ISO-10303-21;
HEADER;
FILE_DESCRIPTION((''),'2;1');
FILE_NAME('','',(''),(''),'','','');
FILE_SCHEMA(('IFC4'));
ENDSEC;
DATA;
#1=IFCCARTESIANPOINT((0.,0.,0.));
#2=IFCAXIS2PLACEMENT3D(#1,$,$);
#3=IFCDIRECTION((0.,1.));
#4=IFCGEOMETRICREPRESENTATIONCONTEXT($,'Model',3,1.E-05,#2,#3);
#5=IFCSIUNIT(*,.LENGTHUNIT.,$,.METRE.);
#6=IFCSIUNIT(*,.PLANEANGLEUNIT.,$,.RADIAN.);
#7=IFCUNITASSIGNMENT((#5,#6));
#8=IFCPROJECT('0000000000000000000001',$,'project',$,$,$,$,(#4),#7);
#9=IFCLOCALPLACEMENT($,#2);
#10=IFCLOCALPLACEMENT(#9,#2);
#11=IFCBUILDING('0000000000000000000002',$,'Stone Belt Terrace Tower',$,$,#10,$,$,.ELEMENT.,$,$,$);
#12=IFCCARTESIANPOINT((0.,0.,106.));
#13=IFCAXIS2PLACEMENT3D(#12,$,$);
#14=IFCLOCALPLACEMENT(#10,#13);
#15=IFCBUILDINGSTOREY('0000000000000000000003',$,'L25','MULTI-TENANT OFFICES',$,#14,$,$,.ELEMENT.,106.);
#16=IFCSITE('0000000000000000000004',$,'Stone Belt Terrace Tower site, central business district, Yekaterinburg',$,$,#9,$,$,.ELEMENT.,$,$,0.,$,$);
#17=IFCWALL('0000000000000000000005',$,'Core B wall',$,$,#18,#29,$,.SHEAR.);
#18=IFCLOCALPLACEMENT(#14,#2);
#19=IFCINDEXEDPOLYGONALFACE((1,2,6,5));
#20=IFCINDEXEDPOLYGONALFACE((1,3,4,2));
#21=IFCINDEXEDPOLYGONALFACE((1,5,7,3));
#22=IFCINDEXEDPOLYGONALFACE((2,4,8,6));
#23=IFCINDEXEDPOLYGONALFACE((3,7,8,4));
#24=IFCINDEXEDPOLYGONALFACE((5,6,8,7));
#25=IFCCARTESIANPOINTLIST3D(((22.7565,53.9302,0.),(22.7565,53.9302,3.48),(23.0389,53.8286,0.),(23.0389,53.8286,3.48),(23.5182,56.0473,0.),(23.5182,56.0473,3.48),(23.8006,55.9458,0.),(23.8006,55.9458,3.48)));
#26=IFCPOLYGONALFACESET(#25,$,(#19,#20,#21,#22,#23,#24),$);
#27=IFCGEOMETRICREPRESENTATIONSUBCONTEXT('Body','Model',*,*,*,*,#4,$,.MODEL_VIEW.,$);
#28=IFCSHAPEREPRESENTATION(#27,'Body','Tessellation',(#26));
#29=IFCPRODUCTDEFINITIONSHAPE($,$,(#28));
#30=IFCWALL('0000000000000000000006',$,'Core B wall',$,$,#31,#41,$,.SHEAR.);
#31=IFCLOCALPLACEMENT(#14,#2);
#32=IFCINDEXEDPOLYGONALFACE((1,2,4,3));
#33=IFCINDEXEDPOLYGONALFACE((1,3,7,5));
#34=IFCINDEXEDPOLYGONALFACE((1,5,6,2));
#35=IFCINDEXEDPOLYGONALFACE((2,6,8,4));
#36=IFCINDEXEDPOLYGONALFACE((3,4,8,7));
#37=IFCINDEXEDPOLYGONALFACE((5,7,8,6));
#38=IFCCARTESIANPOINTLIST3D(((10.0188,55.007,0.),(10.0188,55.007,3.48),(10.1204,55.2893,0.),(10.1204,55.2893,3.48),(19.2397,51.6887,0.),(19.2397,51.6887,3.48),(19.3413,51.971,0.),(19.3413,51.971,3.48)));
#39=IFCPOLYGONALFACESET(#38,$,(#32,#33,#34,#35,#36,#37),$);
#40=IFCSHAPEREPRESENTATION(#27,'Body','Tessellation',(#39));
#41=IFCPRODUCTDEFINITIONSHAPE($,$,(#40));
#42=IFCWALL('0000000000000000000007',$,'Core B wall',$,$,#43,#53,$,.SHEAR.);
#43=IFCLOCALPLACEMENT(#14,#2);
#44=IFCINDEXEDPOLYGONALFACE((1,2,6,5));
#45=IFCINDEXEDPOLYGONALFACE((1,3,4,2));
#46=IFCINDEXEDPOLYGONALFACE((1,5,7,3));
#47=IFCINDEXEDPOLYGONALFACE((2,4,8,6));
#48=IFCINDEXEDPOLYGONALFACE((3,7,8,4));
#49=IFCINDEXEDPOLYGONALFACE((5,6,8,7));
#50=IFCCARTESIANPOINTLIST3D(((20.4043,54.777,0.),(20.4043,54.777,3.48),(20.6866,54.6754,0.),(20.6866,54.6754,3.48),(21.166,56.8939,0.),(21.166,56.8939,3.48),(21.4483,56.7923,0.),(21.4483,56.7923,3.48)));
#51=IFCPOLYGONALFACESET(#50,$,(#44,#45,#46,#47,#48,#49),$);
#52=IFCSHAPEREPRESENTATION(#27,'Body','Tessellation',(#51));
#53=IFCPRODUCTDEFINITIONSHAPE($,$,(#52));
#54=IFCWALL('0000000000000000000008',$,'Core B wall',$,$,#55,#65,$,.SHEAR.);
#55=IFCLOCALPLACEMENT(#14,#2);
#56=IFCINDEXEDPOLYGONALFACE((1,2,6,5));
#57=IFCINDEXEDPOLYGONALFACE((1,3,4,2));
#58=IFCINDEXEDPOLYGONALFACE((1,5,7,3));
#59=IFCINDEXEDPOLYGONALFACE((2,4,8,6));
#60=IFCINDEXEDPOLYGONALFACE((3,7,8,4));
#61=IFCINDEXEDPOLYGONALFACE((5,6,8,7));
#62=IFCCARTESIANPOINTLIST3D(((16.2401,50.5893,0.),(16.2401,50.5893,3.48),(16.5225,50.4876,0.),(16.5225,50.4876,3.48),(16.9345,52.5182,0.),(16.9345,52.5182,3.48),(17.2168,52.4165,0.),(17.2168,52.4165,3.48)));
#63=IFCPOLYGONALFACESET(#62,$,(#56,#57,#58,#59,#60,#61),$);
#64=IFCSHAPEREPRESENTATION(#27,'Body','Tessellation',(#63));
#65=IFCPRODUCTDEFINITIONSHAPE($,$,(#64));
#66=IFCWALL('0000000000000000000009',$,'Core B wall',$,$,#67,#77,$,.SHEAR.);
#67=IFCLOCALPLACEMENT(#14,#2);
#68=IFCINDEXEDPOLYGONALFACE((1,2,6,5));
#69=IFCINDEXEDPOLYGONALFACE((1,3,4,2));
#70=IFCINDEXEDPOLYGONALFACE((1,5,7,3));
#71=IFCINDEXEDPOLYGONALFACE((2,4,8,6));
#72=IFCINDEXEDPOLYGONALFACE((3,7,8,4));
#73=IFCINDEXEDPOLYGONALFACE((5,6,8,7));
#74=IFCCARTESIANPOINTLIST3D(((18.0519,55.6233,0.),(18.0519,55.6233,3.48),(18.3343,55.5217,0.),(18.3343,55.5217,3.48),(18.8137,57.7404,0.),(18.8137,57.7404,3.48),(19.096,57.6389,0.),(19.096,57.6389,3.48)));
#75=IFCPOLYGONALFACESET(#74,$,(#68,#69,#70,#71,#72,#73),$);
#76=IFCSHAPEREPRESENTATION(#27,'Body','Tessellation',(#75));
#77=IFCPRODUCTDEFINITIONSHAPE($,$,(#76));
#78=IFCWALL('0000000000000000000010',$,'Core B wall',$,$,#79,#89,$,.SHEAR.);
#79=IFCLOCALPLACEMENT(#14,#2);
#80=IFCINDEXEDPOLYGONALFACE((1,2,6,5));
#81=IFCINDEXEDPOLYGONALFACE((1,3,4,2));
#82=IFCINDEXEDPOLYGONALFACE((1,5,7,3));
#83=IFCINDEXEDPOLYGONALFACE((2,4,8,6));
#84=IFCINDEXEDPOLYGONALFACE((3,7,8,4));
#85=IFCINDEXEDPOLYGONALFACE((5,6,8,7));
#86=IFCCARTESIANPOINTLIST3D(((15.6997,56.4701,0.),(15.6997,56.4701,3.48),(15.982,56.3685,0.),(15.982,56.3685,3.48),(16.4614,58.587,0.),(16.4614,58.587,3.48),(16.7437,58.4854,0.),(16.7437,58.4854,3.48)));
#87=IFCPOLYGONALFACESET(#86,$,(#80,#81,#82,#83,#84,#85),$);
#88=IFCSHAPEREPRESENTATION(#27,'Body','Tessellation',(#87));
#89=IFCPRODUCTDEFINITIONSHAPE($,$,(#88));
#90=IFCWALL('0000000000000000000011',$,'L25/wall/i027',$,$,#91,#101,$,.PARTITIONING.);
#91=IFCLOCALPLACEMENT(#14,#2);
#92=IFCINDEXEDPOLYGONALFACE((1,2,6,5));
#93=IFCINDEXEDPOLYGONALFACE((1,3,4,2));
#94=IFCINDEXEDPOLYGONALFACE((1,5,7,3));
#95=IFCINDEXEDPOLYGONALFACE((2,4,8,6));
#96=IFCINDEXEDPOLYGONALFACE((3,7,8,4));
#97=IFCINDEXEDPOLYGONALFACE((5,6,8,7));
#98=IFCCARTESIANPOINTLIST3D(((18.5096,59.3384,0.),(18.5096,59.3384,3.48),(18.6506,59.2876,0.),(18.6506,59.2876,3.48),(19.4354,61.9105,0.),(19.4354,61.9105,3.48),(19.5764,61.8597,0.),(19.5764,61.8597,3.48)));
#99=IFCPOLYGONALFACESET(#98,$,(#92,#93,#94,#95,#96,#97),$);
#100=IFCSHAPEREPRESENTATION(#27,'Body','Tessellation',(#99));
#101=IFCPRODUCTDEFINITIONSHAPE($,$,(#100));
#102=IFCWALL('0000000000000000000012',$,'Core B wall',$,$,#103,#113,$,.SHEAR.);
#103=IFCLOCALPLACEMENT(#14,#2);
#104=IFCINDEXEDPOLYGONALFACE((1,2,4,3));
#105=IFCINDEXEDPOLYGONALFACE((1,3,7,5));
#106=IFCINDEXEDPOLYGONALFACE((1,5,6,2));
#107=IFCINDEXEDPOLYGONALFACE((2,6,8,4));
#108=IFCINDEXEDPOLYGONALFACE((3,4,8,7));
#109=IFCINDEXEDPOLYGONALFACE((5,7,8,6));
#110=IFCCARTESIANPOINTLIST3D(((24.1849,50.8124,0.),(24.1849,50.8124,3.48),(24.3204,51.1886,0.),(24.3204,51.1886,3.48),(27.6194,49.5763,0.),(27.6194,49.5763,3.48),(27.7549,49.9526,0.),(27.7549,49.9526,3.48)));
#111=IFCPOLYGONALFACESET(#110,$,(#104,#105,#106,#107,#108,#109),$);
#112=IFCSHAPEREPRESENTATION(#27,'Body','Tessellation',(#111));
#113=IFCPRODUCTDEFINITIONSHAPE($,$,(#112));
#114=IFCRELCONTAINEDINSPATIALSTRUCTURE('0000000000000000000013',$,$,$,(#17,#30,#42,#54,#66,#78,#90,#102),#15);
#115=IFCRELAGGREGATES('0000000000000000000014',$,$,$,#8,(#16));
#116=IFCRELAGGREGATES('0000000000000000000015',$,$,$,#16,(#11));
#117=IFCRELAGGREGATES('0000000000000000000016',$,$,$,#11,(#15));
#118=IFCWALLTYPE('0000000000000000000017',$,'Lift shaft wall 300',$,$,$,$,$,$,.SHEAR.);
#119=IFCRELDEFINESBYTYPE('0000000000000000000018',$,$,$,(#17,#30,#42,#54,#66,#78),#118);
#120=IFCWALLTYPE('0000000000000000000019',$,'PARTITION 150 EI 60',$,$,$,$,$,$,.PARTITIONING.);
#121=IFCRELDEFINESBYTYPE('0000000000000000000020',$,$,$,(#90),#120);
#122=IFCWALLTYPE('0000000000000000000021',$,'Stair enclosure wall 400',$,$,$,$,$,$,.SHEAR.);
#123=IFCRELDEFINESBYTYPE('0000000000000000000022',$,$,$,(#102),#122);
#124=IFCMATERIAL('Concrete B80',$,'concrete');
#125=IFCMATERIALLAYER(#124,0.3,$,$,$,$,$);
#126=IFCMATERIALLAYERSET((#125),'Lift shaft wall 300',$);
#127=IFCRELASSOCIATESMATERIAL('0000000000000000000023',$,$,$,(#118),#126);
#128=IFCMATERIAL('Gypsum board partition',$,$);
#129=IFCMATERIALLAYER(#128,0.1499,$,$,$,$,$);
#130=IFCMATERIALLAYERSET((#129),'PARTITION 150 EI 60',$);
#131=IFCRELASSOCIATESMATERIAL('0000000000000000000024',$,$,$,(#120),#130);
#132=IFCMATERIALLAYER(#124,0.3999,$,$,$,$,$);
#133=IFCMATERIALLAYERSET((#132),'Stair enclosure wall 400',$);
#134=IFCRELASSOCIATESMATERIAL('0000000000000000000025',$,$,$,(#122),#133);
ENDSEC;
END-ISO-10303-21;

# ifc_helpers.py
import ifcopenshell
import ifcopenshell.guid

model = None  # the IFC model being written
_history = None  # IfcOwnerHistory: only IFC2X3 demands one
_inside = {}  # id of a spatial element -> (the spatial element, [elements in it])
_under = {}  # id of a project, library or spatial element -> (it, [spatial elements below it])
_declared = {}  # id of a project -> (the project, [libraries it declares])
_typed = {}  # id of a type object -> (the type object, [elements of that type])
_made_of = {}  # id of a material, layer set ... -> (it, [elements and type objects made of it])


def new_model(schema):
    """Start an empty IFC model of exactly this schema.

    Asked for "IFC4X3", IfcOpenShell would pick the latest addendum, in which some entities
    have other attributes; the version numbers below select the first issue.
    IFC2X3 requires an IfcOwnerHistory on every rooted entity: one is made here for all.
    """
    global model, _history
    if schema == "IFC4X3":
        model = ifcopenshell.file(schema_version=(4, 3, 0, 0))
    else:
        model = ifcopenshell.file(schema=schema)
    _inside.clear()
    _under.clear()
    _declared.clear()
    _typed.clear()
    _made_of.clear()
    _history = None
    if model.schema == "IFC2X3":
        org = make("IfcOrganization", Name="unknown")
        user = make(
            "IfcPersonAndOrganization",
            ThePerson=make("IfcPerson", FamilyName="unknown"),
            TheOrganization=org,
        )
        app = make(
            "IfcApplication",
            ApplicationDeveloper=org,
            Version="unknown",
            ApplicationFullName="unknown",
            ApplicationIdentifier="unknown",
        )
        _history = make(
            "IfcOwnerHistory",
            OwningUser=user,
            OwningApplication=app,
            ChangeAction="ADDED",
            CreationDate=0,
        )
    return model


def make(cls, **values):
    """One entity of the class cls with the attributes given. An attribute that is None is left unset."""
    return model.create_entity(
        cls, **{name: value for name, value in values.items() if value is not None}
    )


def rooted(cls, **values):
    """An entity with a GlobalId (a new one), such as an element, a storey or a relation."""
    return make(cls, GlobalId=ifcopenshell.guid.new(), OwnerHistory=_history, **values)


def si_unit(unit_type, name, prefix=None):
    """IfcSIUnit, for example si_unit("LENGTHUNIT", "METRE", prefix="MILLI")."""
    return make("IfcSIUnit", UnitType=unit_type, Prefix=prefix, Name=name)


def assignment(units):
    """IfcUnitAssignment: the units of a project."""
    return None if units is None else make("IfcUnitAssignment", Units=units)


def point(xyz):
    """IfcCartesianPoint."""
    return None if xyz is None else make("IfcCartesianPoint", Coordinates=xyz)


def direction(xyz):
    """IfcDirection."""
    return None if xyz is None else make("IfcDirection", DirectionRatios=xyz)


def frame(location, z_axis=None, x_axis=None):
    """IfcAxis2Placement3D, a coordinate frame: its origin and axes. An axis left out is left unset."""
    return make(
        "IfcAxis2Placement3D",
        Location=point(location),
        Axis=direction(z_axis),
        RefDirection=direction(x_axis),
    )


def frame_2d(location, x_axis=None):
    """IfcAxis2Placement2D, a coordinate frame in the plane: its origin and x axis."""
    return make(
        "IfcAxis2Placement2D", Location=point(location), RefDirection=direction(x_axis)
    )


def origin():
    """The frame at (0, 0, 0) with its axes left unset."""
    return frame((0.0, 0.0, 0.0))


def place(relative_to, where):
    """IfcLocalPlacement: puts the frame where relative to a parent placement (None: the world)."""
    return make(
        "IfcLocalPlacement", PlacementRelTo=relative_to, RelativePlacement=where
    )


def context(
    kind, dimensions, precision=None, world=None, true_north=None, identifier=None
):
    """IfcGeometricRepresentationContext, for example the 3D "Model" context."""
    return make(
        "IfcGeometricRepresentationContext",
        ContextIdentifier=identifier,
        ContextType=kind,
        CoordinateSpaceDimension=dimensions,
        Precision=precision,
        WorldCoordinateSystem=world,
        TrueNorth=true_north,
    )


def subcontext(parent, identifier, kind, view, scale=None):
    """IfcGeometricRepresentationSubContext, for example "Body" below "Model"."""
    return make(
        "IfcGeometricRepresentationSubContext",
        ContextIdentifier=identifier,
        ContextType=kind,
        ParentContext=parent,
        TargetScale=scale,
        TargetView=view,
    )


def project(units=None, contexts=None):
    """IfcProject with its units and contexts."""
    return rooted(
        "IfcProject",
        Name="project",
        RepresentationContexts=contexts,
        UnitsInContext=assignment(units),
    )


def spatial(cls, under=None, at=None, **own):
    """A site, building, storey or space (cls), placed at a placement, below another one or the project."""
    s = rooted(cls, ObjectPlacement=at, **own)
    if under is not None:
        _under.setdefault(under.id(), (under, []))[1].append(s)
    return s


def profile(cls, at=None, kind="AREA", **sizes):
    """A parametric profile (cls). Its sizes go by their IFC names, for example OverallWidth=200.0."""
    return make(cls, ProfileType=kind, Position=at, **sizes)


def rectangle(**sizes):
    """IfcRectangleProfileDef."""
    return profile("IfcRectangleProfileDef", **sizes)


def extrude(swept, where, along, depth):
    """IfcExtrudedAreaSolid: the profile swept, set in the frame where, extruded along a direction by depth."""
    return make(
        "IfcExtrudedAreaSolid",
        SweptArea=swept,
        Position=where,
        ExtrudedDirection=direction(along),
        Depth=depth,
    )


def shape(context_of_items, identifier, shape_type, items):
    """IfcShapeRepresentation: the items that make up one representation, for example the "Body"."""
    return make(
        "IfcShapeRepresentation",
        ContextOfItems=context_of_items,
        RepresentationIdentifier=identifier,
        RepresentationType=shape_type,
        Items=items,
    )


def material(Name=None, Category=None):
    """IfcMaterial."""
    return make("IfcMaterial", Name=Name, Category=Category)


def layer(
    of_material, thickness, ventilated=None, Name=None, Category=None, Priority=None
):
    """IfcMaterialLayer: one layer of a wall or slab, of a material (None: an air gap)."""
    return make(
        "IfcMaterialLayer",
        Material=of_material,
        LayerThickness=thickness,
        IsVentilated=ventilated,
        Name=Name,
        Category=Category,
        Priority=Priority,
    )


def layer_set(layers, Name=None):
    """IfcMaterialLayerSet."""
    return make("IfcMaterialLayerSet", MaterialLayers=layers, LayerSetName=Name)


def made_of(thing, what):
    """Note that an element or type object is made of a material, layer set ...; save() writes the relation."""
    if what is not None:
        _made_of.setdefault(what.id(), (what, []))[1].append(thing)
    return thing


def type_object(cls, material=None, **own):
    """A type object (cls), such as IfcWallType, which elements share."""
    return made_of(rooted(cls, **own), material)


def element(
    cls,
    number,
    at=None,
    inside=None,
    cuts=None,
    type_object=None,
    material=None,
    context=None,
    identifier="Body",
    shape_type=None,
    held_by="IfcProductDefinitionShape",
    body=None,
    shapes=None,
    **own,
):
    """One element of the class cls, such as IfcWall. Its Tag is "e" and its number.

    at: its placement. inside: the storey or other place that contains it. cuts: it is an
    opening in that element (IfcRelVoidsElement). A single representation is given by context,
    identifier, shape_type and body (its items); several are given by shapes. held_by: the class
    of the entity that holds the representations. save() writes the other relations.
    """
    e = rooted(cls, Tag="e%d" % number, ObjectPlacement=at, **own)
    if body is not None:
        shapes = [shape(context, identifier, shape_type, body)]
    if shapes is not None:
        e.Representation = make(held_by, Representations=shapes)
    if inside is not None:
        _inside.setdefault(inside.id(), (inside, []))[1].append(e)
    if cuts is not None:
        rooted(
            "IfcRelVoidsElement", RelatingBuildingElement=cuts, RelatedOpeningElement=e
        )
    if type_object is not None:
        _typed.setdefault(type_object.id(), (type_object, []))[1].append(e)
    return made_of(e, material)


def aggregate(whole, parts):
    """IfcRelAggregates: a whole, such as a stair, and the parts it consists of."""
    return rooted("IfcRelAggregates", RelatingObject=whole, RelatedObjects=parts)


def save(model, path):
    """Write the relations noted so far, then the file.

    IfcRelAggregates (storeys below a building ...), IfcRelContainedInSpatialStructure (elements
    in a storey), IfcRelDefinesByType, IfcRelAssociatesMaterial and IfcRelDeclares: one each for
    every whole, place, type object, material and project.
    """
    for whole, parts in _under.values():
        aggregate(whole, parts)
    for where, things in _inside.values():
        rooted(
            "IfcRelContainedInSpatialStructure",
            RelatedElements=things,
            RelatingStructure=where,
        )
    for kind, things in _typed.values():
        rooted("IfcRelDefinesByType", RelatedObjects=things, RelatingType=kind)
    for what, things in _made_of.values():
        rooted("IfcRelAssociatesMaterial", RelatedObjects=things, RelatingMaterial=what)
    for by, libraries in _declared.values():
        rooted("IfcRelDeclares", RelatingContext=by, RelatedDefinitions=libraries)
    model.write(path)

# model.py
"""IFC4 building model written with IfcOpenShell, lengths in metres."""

from ifc_helpers import new_model, si_unit, direction, frame, frame_2d, origin, place, context, subcontext, project, spatial, rectangle, extrude, material, layer, layer_set, type_object, element, save


model = new_model("IFC4")

# Units and contexts
model_context = context("Model", 3, precision=1e-05, world=origin(), true_north=direction((0.0, 1.0)))
body_context = subcontext(model_context, "Body", "Model", "MODEL_VIEW")
ifc_project = project(units=[si_unit("LENGTHUNIT", "METRE"), si_unit("PLANEANGLEUNIT", "RADIAN")], contexts=[model_context])

# Site, building, storey
site_placement = place(None, origin())
site = spatial("IfcSite", under=ifc_project, at=site_placement, Name="Stone Belt Terrace Tower site, central business district, Yekaterinburg", CompositionType="ELEMENT", RefElevation=0.0)
building_placement = place(site_placement, origin())
building = spatial("IfcBuilding", under=site, at=building_placement, Name="Stone Belt Terrace Tower", CompositionType="ELEMENT")
storey_placement = place(building_placement, frame((0.0, 0.0, 106.0)))
storey = spatial("IfcBuildingStorey", under=building, at=storey_placement, Name="L25", Description="MULTI-TENANT OFFICES", CompositionType="ELEMENT", Elevation=106.0)

# Shared definitions
ifc_material_1 = material(Name="Concrete B80", Category="concrete")

# Shared definitions
ifc_layer_1 = layer(ifc_material_1, 0.3)
ifc_layer_set_1 = layer_set([ifc_layer_1], Name="Lift shaft wall 300")
wall_type_1 = type_object("IfcWallType", Name="Lift shaft wall 300", PredefinedType="SHEAR", material=ifc_layer_set_1)

# Walls
wall_1_placement = place(storey_placement, frame((22.8977, 53.8794, 0.0), z_axis=(0.0, 0.0, 1.0), x_axis=(0.338535, 0.940954, 0.0)))
element("IfcWall", 1, at=wall_1_placement, inside=storey, type_object=wall_type_1, Name="Core B wall", PredefinedType="SHEAR", context=body_context, shape_type="SweptSolid", body=[
    extrude(rectangle(XDim=2.25, YDim=0.3, at=frame_2d((1.125, 0.0))), origin(), (0.0, 0.0, 1.0), 3.48),
])
wall_2_placement = place(storey_placement, frame((19.2905, 51.8298, 0.0), z_axis=(0.0, 0.0, 1.0), x_axis=(-0.940926, 0.338613, 0.0)))
element("IfcWall", 2, at=wall_2_placement, inside=storey, type_object=wall_type_1, Name="Core B wall", PredefinedType="SHEAR", context=body_context, shape_type="SweptSolid", body=[
    extrude(rectangle(XDim=9.7998, YDim=0.3, at=frame_2d((4.8999, 0.0))), origin(), (0.0, 0.0, 1.0), 3.48),
])
wall_3_placement = place(storey_placement, frame((20.5454, 54.7261, 0.0), z_axis=(0.0, 0.0, 1.0), x_axis=(0.33857, 0.940941, 0.0)))
element("IfcWall", 3, at=wall_3_placement, inside=storey, type_object=wall_type_1, Name="Core B wall", PredefinedType="SHEAR", context=body_context, shape_type="SweptSolid", body=[
    extrude(rectangle(XDim=2.2498, YDim=0.3, at=frame_2d((1.125, 0.0))), origin(), (0.0, 0.0, 1.0), 3.48),
])
wall_4_placement = place(storey_placement, frame((16.3813, 50.5386, 0.0), z_axis=(0.0, 0.0, 1.0), x_axis=(0.338682, 0.940901, 0.0)))
element("IfcWall", 4, at=wall_4_placement, inside=storey, type_object=wall_type_1, Name="Core B wall", PredefinedType="SHEAR", context=body_context, shape_type="SweptSolid", body=[
    extrude(rectangle(XDim=2.05, YDim=0.3, at=frame_2d((1.0249, 0.0))), origin(), (0.0, 0.0, 1.0), 3.48),
])
wall_5_placement = place(storey_placement, frame((18.1931, 55.5725, 0.0), z_axis=(0.0, 0.0, 1.0), x_axis=(0.338535, 0.940954, 0.0)))
element("IfcWall", 5, at=wall_5_placement, inside=storey, type_object=wall_type_1, Name="Core B wall", PredefinedType="SHEAR", context=body_context, shape_type="SweptSolid", body=[
    extrude(rectangle(XDim=2.25, YDim=0.3, at=frame_2d((1.125, 0.0))), origin(), (0.0, 0.0, 1.0), 3.48),
])
wall_6_placement = place(storey_placement, frame((15.8408, 56.4192, 0.0), z_axis=(0.0, 0.0, 1.0), x_axis=(0.33857, 0.940941, 0.0)))
element("IfcWall", 6, at=wall_6_placement, inside=storey, type_object=wall_type_1, Name="Core B wall", PredefinedType="SHEAR", context=body_context, shape_type="SweptSolid", body=[
    extrude(rectangle(XDim=2.2498, YDim=0.3, at=frame_2d((1.125, 0.0))), origin(), (0.0, 0.0, 1.0), 3.48),
])
ifc_material_2 = material(Name="Gypsum board partition")
ifc_layer_2 = layer(ifc_material_2, 0.1499)
ifc_layer_set_2 = layer_set([ifc_layer_2], Name="PARTITION 150 EI 60")
wall_type_2 = type_object("IfcWallType", Name="PARTITION 150 EI 60", PredefinedType="PARTITIONING", material=ifc_layer_set_2)
wall_7_placement = place(storey_placement, frame((19.5059, 61.885, 0.0), z_axis=(0.0, 0.0, 1.0), x_axis=(-0.338672, -0.940904, 0.0)))
element("IfcWall", 7, at=wall_7_placement, inside=storey, type_object=wall_type_2, Name="L25/wall/i027", PredefinedType="PARTITIONING", context=body_context, shape_type="SweptSolid", body=[
    extrude(rectangle(XDim=2.7336, YDim=0.1499, at=frame_2d((1.3667, 0.0))), origin(), (0.0, 0.0, 1.0), 3.48),
])
ifc_layer_3 = layer(ifc_material_1, 0.3999)
ifc_layer_set_3 = layer_set([ifc_layer_3], Name="Stair enclosure wall 400")
wall_type_3 = type_object("IfcWallType", Name="Stair enclosure wall 400", PredefinedType="SHEAR", material=ifc_layer_set_3)
wall_8_placement = place(storey_placement, frame((27.6873, 49.7644, 0.0), z_axis=(0.0, 0.0, 1.0), x_axis=(-0.940919, 0.338632, 0.0)))
element("IfcWall", 8, at=wall_8_placement, inside=storey, type_object=wall_type_3, Name="Core B wall", PredefinedType="SHEAR", context=body_context, shape_type="SweptSolid", body=[
    extrude(rectangle(XDim=3.6501, YDim=0.3999, at=frame_2d((1.8252, 0.0))), origin(), (0.0, 0.0, 1.0), 3.48),
])

save(model, "model.ifc")
